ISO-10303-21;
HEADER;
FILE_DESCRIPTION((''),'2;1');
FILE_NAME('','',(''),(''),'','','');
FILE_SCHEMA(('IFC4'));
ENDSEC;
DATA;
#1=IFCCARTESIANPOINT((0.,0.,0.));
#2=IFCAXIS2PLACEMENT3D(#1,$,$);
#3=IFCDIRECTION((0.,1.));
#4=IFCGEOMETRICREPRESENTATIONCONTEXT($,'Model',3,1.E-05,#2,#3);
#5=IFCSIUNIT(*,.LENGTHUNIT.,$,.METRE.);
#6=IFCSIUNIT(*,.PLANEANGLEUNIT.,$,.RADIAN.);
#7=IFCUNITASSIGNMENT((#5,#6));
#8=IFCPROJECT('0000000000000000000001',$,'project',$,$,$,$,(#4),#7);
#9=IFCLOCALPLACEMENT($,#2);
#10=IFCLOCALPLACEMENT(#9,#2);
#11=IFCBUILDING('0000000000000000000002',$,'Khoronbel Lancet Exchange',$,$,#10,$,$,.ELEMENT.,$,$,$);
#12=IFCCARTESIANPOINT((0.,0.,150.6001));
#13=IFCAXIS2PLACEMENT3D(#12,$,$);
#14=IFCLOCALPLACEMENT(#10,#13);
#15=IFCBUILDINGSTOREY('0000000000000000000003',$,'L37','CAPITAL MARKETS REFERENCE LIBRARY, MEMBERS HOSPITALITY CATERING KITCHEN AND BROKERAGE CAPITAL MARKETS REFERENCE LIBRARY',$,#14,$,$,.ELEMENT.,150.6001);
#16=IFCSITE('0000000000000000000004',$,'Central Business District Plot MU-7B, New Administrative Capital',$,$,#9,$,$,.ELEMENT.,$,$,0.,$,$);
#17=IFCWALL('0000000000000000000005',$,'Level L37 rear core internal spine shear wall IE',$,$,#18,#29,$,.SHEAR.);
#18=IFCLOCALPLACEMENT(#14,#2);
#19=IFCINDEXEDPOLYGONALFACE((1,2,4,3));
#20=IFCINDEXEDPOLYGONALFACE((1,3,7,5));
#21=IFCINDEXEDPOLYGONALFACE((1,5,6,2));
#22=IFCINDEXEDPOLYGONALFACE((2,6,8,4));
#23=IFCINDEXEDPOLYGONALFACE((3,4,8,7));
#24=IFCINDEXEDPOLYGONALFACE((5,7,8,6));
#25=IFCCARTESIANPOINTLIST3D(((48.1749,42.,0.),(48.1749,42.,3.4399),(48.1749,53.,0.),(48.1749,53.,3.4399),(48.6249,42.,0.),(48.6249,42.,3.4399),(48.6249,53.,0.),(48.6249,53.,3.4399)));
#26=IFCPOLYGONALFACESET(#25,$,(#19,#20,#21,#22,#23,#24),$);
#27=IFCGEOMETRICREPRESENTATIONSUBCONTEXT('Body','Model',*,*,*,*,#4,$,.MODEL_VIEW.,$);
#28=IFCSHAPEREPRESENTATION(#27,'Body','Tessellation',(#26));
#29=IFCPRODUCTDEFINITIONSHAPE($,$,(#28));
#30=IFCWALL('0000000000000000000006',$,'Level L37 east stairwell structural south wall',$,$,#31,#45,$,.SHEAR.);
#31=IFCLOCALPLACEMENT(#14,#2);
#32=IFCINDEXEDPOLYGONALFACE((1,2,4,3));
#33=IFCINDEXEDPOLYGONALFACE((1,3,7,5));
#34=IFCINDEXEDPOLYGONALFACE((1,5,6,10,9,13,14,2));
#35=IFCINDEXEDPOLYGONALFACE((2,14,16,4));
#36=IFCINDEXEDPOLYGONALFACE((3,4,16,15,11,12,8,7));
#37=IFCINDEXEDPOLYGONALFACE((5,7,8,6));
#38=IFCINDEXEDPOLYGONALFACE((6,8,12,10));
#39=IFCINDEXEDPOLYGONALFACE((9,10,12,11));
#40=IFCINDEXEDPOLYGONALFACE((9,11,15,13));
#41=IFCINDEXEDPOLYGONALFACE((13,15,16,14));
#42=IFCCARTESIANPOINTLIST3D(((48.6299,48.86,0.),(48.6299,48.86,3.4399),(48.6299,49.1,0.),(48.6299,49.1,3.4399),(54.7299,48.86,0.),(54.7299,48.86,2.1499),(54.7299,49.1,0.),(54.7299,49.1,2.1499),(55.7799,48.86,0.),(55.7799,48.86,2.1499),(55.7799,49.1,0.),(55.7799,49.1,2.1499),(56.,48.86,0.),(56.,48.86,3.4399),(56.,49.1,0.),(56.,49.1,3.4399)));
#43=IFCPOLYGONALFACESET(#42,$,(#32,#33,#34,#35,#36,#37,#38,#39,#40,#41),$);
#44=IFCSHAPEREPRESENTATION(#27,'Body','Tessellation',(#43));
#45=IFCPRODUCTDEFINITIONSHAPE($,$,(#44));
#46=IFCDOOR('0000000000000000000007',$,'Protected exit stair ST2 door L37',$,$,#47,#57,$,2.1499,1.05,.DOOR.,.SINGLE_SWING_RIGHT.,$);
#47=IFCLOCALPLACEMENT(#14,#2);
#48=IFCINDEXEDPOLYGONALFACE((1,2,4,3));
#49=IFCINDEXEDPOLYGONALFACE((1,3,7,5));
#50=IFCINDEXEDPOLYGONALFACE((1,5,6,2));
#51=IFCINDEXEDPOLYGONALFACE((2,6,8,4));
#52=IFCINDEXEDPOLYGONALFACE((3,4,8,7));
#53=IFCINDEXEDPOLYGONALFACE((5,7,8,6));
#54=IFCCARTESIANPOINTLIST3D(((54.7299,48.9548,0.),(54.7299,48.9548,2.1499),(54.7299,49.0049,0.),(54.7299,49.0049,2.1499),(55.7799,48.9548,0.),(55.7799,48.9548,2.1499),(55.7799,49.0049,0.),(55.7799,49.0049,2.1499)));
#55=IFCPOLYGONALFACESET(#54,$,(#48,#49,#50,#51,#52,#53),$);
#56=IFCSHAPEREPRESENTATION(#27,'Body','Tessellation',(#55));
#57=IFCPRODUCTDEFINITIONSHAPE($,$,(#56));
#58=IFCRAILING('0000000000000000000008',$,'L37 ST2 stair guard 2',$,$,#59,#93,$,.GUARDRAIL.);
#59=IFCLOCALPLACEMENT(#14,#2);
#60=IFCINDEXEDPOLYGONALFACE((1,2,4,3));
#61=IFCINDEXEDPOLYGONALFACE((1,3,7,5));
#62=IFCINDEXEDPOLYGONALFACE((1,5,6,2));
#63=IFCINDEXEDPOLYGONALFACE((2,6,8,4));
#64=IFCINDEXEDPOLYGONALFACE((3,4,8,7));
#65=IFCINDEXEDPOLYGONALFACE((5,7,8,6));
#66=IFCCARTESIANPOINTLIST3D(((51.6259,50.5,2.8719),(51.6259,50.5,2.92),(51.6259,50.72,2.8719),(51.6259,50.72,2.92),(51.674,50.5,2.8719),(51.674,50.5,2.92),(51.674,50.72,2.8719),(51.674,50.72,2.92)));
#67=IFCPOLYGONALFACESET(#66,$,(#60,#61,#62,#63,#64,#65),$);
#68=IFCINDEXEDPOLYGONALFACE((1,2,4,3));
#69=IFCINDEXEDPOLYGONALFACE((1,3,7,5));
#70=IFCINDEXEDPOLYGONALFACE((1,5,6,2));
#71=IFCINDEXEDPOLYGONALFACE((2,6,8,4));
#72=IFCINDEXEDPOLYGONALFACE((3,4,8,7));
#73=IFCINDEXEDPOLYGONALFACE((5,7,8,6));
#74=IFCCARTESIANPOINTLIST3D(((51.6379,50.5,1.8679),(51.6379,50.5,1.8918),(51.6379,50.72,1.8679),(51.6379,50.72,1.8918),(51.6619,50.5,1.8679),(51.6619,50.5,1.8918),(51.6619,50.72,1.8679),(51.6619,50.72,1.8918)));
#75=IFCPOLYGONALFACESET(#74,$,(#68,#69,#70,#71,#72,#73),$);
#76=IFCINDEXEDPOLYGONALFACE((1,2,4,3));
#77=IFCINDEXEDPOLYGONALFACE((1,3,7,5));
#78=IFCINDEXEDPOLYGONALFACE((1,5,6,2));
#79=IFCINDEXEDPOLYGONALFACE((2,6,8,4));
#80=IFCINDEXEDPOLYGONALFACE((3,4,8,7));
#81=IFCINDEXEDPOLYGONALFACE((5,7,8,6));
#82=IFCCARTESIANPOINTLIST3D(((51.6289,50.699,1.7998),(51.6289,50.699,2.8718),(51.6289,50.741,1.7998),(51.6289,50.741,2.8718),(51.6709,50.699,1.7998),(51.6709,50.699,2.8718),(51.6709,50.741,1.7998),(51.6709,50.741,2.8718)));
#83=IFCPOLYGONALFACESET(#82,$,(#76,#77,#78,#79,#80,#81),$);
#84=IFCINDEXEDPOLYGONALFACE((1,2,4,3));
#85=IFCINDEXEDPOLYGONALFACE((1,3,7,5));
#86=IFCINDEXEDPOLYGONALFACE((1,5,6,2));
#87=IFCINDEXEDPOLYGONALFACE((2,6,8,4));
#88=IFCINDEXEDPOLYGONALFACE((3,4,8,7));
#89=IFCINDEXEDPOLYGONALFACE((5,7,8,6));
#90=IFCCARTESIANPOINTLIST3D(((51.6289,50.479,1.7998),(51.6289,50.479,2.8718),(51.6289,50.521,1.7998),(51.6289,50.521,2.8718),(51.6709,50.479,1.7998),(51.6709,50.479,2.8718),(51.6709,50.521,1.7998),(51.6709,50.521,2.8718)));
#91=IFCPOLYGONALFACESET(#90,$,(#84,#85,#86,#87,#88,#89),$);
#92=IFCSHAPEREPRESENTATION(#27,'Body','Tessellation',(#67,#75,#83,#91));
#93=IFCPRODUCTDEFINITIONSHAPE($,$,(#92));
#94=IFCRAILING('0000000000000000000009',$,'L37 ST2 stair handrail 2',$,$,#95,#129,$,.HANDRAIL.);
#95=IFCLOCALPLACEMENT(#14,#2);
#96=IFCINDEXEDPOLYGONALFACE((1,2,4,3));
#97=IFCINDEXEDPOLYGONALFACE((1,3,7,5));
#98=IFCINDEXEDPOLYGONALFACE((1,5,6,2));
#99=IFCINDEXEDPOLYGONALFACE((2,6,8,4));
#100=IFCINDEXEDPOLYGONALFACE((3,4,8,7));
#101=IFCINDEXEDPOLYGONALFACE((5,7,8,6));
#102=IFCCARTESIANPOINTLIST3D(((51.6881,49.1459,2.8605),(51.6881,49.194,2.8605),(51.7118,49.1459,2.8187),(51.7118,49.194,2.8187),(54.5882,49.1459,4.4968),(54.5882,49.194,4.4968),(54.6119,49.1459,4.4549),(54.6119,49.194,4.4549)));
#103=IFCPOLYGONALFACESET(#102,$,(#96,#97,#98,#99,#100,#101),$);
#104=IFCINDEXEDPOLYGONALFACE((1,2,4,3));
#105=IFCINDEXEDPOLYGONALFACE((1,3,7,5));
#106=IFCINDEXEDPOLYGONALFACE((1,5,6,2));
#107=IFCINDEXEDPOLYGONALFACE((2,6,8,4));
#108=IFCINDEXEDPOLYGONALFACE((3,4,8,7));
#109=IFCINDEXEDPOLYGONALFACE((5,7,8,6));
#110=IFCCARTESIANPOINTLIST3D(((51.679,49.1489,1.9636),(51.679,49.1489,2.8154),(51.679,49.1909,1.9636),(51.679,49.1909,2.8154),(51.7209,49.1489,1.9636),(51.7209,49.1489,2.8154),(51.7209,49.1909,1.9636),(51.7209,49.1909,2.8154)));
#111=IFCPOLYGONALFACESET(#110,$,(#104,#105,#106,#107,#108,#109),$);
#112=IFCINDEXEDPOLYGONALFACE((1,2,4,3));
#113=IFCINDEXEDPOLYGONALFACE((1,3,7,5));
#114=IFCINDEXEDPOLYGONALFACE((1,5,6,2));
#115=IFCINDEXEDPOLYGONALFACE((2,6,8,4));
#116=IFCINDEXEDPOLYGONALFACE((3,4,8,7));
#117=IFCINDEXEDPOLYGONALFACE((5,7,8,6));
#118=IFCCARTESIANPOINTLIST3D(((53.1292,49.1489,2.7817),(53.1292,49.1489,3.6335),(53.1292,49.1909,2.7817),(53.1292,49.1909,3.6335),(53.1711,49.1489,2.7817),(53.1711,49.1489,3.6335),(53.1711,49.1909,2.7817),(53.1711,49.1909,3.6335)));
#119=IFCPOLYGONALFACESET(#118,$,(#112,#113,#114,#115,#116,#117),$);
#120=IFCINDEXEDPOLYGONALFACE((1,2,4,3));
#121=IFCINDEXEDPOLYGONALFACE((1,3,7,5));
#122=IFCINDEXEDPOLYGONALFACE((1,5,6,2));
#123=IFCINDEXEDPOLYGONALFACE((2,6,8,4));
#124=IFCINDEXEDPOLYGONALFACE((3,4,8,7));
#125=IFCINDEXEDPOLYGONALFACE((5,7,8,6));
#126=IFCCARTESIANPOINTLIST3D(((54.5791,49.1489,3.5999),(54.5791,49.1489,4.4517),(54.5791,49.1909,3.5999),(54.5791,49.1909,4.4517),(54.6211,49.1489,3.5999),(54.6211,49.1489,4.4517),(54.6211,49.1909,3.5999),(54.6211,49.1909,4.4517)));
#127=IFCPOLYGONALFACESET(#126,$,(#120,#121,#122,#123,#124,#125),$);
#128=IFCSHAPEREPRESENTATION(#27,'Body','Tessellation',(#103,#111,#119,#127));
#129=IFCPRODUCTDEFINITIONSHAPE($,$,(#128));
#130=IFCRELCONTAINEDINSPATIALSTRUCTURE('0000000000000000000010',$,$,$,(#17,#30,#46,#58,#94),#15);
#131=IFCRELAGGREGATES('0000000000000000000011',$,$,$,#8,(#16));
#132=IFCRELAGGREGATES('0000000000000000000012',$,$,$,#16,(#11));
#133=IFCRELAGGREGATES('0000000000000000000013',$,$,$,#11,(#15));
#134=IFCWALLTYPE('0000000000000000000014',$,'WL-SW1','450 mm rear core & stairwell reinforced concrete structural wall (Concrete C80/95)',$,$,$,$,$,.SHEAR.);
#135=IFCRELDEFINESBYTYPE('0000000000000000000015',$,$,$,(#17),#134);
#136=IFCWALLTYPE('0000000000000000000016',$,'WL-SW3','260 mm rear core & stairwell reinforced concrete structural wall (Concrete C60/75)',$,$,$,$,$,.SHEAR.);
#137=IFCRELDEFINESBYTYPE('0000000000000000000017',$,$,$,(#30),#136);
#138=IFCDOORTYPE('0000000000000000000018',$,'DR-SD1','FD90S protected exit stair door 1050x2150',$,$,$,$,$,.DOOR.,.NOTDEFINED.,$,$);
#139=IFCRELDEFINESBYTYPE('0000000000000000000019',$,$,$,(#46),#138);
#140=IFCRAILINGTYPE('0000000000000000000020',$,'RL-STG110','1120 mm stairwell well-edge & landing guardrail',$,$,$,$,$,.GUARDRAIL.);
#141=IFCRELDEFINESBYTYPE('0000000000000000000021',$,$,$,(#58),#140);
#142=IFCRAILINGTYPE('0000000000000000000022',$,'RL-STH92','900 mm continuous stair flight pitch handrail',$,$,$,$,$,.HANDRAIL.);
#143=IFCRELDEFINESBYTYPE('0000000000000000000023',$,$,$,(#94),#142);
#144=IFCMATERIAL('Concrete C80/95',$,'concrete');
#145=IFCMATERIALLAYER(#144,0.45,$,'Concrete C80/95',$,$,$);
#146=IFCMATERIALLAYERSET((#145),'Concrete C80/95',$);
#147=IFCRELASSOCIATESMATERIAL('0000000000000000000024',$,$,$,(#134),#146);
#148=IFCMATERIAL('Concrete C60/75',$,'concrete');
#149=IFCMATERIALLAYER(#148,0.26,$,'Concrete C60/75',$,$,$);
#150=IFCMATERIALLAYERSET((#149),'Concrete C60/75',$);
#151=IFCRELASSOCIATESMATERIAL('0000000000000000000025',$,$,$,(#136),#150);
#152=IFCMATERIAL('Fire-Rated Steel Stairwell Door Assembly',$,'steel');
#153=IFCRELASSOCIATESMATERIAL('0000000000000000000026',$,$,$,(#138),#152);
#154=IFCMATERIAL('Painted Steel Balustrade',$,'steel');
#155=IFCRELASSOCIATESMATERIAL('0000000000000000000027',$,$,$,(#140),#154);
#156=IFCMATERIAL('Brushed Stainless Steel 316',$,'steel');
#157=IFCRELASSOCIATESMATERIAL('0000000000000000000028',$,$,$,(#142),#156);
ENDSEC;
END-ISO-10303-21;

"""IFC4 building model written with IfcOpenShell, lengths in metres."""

from ifc_helpers import new_model, si_unit, direction, frame, frame_2d, origin, origin_2d, place, context, subcontext, project, spatial, rectangle, extrude, material, layer, layer_set, type_object, element, fill, save


model = new_model("IFC4")

# Units and contexts
model_context = context("Model", 3, precision=1e-05, world=origin(), true_north=direction((0.0, 1.0)))
body_context = subcontext(model_context, "Body", "Model", "MODEL_VIEW")
ifc_project = project(units=[si_unit("LENGTHUNIT", "METRE"), si_unit("PLANEANGLEUNIT", "RADIAN")], contexts=[model_context])

# Site, building, storey
site_placement = place(None, origin())
site = spatial("IfcSite", under=ifc_project, at=site_placement, Name="Central Business District Plot MU-7B, New Administrative Capital", CompositionType="ELEMENT", RefElevation=0.0)
building_placement = place(site_placement, origin())
building = spatial("IfcBuilding", under=site, at=building_placement, Name="Khoronbel Lancet Exchange", CompositionType="ELEMENT")
storey_placement = place(building_placement, frame((0.0, 0.0, 150.6001)))
storey = spatial("IfcBuildingStorey", under=building, at=storey_placement, Name="L37", Description="CAPITAL MARKETS REFERENCE LIBRARY, MEMBERS HOSPITALITY CATERING KITCHEN AND BROKERAGE CAPITAL MARKETS REFERENCE LIBRARY", CompositionType="ELEMENT", Elevation=150.6001)

# Wall
ifc_material_1 = material(Name="Concrete C80/95", Category="concrete")
ifc_layer_1 = layer(ifc_material_1, 0.45, Name="Concrete C80/95")
ifc_layer_set_1 = layer_set([ifc_layer_1], Name="Concrete C80/95")
wall_type_1 = type_object("IfcWallType", Name="WL-SW1", Description="450 mm rear core & stairwell reinforced concrete structural wall (Concrete C80/95)", PredefinedType="SHEAR", material=ifc_layer_set_1)
wall_1_placement = place(storey_placement, frame((48.3999, 42.0, 0.0), z_axis=(0.0, 0.0, 1.0), x_axis=(0.0, 1.0, 0.0)))
element("IfcWall", 1, at=wall_1_placement, inside=storey, type_object=wall_type_1, Name="Level L37 rear core internal spine shear wall IE", PredefinedType="SHEAR", context=body_context, shape_type="SweptSolid", body=[
    extrude(rectangle(XDim=11.0, YDim=0.45, at=frame_2d((5.5, 0.0))), origin(), (0.0, 0.0, 1.0), 3.4399),
])

# Wall, opening, door
ifc_material_2 = material(Name="Concrete C60/75", Category="concrete")
ifc_layer_2 = layer(ifc_material_2, 0.26, Name="Concrete C60/75")
ifc_layer_set_2 = layer_set([ifc_layer_2], Name="Concrete C60/75")
wall_type_2 = type_object("IfcWallType", Name="WL-SW3", Description="260 mm rear core & stairwell reinforced concrete structural wall (Concrete C60/75)", PredefinedType="SHEAR", material=ifc_layer_set_2)
wall_2_placement = place(storey_placement, frame((48.6299, 48.98, 0.0), z_axis=(0.0, 0.0, 1.0), x_axis=(1.0, 0.0, 0.0)))
wall_2 = element("IfcWall", 2, at=wall_2_placement, inside=storey, type_object=wall_type_2, Name="Level L37 east stairwell structural south wall", PredefinedType="SHEAR", context=body_context, shape_type="SweptSolid", body=[
    extrude(rectangle(XDim=7.3701, YDim=0.24, at=frame_2d((3.6851, 0.0))), origin(), (0.0, 0.0, 1.0), 3.4399),
])
opening_1_placement = place(wall_2_placement, frame((6.1001, 0.0, 0.0)))
opening_1 = element("IfcOpeningElement", 3, at=opening_1_placement, cuts=wall_2, PredefinedType="OPENING", context=body_context, shape_type="SweptSolid", body=[
    extrude(rectangle(XDim=1.05, YDim=2.1499, at=frame_2d((0.5249, 1.075))), frame((0.0, 0.1299, 0.0), z_axis=(0.0, -1.0, 0.0), x_axis=(1.0, 0.0, 0.0)), (0.0, 0.0, 1.0), 0.26),
])
ifc_material_3 = material(Name="Fire-Rated Steel Stairwell Door Assembly", Category="steel")
door_type_1 = type_object("IfcDoorType", Name="DR-SD1", Description="FD90S protected exit stair door 1050x2150", OperationType="NOTDEFINED", PredefinedType="DOOR", material=ifc_material_3)
door_1_placement = place(opening_1_placement, origin())
door_1 = element("IfcDoor", 4, at=door_1_placement, inside=storey, type_object=door_type_1, Name="Protected exit stair ST2 door L37", OperationType="SINGLE_SWING_RIGHT", OverallHeight=2.1499, OverallWidth=1.05, PredefinedType="DOOR", context=body_context, shape_type="SweptSolid", body=[
    extrude(rectangle(XDim=1.05, YDim=2.1499, at=frame_2d((0.5249, 1.075))), frame((0.0, 0.0249, 0.0), z_axis=(0.0, -1.0, 0.0), x_axis=(1.0, 0.0, 0.0)), (0.0, 0.0, 1.0), 0.05),
])
fill(opening_1, door_1)

# Railings
ifc_material_4 = material(Name="Painted Steel Balustrade", Category="steel")
railing_type_1 = type_object("IfcRailingType", Name="RL-STG110", Description="1120 mm stairwell well-edge & landing guardrail", PredefinedType="GUARDRAIL", material=ifc_material_4)
railing_1_placement = place(storey_placement, frame((51.6499, 50.72, 1.7998)))
element("IfcRailing", 5, at=railing_1_placement, inside=storey, type_object=railing_type_1, Name="L37 ST2 stair guard 2", PredefinedType="GUARDRAIL", context=body_context, shape_type="SweptSolid", body=[
    extrude(rectangle(XDim=0.0481, YDim=0.0481, at=origin_2d()), frame((0.0, 0.0, 1.0962), z_axis=(0.0, -1.0, 0.0), x_axis=(1.0, 0.0, 0.0)), (0.0, 0.0, 1.0), 0.22),
    extrude(rectangle(XDim=0.0239, YDim=0.0239, at=origin_2d()), frame((0.0, 0.0, 0.0801), z_axis=(0.0, -1.0, 0.0), x_axis=(1.0, 0.0, 0.0)), (0.0, 0.0, 1.0), 0.22),
    extrude(rectangle(XDim=0.042, YDim=0.042, at=origin_2d()), origin(), (0.0, 0.0, 1.0), 1.072),
    extrude(rectangle(XDim=0.042, YDim=0.042, at=origin_2d()), frame((0.0, -0.22, 0.0)), (0.0, 0.0, 1.0), 1.072),
])
ifc_material_5 = material(Name="Brushed Stainless Steel 316", Category="steel")
railing_type_2 = type_object("IfcRailingType", Name="RL-STH92", Description="900 mm continuous stair flight pitch handrail", PredefinedType="HANDRAIL", material=ifc_material_5)
railing_2_placement = place(storey_placement, frame((51.7, 49.1699, 1.9636)))
element("IfcRailing", 6, at=railing_2_placement, inside=storey, type_object=railing_type_2, Name="L37 ST2 stair handrail 2", PredefinedType="HANDRAIL", context=body_context, shape_type="SweptSolid", body=[
    extrude(rectangle(XDim=0.0481, YDim=0.0481, at=origin_2d()), frame((0.0, 0.0, 0.876), z_axis=(0.870946, 0.0, 0.491378), x_axis=(0.0, 1.0, 0.0)), (0.0, 0.0, 1.0), 3.3298),
    extrude(rectangle(XDim=0.042, YDim=0.042, at=origin_2d()), origin(), (0.0, 0.0, 1.0), 0.8518),
    extrude(rectangle(XDim=0.042, YDim=0.042, at=origin_2d()), frame((1.4502, 0.0, 0.8181)), (0.0, 0.0, 1.0), 0.8518),
    extrude(rectangle(XDim=0.042, YDim=0.042, at=origin_2d()), frame((2.9001, 0.0, 1.6362)), (0.0, 0.0, 1.0), 0.8518),
])

save(model, "model.ifc")
